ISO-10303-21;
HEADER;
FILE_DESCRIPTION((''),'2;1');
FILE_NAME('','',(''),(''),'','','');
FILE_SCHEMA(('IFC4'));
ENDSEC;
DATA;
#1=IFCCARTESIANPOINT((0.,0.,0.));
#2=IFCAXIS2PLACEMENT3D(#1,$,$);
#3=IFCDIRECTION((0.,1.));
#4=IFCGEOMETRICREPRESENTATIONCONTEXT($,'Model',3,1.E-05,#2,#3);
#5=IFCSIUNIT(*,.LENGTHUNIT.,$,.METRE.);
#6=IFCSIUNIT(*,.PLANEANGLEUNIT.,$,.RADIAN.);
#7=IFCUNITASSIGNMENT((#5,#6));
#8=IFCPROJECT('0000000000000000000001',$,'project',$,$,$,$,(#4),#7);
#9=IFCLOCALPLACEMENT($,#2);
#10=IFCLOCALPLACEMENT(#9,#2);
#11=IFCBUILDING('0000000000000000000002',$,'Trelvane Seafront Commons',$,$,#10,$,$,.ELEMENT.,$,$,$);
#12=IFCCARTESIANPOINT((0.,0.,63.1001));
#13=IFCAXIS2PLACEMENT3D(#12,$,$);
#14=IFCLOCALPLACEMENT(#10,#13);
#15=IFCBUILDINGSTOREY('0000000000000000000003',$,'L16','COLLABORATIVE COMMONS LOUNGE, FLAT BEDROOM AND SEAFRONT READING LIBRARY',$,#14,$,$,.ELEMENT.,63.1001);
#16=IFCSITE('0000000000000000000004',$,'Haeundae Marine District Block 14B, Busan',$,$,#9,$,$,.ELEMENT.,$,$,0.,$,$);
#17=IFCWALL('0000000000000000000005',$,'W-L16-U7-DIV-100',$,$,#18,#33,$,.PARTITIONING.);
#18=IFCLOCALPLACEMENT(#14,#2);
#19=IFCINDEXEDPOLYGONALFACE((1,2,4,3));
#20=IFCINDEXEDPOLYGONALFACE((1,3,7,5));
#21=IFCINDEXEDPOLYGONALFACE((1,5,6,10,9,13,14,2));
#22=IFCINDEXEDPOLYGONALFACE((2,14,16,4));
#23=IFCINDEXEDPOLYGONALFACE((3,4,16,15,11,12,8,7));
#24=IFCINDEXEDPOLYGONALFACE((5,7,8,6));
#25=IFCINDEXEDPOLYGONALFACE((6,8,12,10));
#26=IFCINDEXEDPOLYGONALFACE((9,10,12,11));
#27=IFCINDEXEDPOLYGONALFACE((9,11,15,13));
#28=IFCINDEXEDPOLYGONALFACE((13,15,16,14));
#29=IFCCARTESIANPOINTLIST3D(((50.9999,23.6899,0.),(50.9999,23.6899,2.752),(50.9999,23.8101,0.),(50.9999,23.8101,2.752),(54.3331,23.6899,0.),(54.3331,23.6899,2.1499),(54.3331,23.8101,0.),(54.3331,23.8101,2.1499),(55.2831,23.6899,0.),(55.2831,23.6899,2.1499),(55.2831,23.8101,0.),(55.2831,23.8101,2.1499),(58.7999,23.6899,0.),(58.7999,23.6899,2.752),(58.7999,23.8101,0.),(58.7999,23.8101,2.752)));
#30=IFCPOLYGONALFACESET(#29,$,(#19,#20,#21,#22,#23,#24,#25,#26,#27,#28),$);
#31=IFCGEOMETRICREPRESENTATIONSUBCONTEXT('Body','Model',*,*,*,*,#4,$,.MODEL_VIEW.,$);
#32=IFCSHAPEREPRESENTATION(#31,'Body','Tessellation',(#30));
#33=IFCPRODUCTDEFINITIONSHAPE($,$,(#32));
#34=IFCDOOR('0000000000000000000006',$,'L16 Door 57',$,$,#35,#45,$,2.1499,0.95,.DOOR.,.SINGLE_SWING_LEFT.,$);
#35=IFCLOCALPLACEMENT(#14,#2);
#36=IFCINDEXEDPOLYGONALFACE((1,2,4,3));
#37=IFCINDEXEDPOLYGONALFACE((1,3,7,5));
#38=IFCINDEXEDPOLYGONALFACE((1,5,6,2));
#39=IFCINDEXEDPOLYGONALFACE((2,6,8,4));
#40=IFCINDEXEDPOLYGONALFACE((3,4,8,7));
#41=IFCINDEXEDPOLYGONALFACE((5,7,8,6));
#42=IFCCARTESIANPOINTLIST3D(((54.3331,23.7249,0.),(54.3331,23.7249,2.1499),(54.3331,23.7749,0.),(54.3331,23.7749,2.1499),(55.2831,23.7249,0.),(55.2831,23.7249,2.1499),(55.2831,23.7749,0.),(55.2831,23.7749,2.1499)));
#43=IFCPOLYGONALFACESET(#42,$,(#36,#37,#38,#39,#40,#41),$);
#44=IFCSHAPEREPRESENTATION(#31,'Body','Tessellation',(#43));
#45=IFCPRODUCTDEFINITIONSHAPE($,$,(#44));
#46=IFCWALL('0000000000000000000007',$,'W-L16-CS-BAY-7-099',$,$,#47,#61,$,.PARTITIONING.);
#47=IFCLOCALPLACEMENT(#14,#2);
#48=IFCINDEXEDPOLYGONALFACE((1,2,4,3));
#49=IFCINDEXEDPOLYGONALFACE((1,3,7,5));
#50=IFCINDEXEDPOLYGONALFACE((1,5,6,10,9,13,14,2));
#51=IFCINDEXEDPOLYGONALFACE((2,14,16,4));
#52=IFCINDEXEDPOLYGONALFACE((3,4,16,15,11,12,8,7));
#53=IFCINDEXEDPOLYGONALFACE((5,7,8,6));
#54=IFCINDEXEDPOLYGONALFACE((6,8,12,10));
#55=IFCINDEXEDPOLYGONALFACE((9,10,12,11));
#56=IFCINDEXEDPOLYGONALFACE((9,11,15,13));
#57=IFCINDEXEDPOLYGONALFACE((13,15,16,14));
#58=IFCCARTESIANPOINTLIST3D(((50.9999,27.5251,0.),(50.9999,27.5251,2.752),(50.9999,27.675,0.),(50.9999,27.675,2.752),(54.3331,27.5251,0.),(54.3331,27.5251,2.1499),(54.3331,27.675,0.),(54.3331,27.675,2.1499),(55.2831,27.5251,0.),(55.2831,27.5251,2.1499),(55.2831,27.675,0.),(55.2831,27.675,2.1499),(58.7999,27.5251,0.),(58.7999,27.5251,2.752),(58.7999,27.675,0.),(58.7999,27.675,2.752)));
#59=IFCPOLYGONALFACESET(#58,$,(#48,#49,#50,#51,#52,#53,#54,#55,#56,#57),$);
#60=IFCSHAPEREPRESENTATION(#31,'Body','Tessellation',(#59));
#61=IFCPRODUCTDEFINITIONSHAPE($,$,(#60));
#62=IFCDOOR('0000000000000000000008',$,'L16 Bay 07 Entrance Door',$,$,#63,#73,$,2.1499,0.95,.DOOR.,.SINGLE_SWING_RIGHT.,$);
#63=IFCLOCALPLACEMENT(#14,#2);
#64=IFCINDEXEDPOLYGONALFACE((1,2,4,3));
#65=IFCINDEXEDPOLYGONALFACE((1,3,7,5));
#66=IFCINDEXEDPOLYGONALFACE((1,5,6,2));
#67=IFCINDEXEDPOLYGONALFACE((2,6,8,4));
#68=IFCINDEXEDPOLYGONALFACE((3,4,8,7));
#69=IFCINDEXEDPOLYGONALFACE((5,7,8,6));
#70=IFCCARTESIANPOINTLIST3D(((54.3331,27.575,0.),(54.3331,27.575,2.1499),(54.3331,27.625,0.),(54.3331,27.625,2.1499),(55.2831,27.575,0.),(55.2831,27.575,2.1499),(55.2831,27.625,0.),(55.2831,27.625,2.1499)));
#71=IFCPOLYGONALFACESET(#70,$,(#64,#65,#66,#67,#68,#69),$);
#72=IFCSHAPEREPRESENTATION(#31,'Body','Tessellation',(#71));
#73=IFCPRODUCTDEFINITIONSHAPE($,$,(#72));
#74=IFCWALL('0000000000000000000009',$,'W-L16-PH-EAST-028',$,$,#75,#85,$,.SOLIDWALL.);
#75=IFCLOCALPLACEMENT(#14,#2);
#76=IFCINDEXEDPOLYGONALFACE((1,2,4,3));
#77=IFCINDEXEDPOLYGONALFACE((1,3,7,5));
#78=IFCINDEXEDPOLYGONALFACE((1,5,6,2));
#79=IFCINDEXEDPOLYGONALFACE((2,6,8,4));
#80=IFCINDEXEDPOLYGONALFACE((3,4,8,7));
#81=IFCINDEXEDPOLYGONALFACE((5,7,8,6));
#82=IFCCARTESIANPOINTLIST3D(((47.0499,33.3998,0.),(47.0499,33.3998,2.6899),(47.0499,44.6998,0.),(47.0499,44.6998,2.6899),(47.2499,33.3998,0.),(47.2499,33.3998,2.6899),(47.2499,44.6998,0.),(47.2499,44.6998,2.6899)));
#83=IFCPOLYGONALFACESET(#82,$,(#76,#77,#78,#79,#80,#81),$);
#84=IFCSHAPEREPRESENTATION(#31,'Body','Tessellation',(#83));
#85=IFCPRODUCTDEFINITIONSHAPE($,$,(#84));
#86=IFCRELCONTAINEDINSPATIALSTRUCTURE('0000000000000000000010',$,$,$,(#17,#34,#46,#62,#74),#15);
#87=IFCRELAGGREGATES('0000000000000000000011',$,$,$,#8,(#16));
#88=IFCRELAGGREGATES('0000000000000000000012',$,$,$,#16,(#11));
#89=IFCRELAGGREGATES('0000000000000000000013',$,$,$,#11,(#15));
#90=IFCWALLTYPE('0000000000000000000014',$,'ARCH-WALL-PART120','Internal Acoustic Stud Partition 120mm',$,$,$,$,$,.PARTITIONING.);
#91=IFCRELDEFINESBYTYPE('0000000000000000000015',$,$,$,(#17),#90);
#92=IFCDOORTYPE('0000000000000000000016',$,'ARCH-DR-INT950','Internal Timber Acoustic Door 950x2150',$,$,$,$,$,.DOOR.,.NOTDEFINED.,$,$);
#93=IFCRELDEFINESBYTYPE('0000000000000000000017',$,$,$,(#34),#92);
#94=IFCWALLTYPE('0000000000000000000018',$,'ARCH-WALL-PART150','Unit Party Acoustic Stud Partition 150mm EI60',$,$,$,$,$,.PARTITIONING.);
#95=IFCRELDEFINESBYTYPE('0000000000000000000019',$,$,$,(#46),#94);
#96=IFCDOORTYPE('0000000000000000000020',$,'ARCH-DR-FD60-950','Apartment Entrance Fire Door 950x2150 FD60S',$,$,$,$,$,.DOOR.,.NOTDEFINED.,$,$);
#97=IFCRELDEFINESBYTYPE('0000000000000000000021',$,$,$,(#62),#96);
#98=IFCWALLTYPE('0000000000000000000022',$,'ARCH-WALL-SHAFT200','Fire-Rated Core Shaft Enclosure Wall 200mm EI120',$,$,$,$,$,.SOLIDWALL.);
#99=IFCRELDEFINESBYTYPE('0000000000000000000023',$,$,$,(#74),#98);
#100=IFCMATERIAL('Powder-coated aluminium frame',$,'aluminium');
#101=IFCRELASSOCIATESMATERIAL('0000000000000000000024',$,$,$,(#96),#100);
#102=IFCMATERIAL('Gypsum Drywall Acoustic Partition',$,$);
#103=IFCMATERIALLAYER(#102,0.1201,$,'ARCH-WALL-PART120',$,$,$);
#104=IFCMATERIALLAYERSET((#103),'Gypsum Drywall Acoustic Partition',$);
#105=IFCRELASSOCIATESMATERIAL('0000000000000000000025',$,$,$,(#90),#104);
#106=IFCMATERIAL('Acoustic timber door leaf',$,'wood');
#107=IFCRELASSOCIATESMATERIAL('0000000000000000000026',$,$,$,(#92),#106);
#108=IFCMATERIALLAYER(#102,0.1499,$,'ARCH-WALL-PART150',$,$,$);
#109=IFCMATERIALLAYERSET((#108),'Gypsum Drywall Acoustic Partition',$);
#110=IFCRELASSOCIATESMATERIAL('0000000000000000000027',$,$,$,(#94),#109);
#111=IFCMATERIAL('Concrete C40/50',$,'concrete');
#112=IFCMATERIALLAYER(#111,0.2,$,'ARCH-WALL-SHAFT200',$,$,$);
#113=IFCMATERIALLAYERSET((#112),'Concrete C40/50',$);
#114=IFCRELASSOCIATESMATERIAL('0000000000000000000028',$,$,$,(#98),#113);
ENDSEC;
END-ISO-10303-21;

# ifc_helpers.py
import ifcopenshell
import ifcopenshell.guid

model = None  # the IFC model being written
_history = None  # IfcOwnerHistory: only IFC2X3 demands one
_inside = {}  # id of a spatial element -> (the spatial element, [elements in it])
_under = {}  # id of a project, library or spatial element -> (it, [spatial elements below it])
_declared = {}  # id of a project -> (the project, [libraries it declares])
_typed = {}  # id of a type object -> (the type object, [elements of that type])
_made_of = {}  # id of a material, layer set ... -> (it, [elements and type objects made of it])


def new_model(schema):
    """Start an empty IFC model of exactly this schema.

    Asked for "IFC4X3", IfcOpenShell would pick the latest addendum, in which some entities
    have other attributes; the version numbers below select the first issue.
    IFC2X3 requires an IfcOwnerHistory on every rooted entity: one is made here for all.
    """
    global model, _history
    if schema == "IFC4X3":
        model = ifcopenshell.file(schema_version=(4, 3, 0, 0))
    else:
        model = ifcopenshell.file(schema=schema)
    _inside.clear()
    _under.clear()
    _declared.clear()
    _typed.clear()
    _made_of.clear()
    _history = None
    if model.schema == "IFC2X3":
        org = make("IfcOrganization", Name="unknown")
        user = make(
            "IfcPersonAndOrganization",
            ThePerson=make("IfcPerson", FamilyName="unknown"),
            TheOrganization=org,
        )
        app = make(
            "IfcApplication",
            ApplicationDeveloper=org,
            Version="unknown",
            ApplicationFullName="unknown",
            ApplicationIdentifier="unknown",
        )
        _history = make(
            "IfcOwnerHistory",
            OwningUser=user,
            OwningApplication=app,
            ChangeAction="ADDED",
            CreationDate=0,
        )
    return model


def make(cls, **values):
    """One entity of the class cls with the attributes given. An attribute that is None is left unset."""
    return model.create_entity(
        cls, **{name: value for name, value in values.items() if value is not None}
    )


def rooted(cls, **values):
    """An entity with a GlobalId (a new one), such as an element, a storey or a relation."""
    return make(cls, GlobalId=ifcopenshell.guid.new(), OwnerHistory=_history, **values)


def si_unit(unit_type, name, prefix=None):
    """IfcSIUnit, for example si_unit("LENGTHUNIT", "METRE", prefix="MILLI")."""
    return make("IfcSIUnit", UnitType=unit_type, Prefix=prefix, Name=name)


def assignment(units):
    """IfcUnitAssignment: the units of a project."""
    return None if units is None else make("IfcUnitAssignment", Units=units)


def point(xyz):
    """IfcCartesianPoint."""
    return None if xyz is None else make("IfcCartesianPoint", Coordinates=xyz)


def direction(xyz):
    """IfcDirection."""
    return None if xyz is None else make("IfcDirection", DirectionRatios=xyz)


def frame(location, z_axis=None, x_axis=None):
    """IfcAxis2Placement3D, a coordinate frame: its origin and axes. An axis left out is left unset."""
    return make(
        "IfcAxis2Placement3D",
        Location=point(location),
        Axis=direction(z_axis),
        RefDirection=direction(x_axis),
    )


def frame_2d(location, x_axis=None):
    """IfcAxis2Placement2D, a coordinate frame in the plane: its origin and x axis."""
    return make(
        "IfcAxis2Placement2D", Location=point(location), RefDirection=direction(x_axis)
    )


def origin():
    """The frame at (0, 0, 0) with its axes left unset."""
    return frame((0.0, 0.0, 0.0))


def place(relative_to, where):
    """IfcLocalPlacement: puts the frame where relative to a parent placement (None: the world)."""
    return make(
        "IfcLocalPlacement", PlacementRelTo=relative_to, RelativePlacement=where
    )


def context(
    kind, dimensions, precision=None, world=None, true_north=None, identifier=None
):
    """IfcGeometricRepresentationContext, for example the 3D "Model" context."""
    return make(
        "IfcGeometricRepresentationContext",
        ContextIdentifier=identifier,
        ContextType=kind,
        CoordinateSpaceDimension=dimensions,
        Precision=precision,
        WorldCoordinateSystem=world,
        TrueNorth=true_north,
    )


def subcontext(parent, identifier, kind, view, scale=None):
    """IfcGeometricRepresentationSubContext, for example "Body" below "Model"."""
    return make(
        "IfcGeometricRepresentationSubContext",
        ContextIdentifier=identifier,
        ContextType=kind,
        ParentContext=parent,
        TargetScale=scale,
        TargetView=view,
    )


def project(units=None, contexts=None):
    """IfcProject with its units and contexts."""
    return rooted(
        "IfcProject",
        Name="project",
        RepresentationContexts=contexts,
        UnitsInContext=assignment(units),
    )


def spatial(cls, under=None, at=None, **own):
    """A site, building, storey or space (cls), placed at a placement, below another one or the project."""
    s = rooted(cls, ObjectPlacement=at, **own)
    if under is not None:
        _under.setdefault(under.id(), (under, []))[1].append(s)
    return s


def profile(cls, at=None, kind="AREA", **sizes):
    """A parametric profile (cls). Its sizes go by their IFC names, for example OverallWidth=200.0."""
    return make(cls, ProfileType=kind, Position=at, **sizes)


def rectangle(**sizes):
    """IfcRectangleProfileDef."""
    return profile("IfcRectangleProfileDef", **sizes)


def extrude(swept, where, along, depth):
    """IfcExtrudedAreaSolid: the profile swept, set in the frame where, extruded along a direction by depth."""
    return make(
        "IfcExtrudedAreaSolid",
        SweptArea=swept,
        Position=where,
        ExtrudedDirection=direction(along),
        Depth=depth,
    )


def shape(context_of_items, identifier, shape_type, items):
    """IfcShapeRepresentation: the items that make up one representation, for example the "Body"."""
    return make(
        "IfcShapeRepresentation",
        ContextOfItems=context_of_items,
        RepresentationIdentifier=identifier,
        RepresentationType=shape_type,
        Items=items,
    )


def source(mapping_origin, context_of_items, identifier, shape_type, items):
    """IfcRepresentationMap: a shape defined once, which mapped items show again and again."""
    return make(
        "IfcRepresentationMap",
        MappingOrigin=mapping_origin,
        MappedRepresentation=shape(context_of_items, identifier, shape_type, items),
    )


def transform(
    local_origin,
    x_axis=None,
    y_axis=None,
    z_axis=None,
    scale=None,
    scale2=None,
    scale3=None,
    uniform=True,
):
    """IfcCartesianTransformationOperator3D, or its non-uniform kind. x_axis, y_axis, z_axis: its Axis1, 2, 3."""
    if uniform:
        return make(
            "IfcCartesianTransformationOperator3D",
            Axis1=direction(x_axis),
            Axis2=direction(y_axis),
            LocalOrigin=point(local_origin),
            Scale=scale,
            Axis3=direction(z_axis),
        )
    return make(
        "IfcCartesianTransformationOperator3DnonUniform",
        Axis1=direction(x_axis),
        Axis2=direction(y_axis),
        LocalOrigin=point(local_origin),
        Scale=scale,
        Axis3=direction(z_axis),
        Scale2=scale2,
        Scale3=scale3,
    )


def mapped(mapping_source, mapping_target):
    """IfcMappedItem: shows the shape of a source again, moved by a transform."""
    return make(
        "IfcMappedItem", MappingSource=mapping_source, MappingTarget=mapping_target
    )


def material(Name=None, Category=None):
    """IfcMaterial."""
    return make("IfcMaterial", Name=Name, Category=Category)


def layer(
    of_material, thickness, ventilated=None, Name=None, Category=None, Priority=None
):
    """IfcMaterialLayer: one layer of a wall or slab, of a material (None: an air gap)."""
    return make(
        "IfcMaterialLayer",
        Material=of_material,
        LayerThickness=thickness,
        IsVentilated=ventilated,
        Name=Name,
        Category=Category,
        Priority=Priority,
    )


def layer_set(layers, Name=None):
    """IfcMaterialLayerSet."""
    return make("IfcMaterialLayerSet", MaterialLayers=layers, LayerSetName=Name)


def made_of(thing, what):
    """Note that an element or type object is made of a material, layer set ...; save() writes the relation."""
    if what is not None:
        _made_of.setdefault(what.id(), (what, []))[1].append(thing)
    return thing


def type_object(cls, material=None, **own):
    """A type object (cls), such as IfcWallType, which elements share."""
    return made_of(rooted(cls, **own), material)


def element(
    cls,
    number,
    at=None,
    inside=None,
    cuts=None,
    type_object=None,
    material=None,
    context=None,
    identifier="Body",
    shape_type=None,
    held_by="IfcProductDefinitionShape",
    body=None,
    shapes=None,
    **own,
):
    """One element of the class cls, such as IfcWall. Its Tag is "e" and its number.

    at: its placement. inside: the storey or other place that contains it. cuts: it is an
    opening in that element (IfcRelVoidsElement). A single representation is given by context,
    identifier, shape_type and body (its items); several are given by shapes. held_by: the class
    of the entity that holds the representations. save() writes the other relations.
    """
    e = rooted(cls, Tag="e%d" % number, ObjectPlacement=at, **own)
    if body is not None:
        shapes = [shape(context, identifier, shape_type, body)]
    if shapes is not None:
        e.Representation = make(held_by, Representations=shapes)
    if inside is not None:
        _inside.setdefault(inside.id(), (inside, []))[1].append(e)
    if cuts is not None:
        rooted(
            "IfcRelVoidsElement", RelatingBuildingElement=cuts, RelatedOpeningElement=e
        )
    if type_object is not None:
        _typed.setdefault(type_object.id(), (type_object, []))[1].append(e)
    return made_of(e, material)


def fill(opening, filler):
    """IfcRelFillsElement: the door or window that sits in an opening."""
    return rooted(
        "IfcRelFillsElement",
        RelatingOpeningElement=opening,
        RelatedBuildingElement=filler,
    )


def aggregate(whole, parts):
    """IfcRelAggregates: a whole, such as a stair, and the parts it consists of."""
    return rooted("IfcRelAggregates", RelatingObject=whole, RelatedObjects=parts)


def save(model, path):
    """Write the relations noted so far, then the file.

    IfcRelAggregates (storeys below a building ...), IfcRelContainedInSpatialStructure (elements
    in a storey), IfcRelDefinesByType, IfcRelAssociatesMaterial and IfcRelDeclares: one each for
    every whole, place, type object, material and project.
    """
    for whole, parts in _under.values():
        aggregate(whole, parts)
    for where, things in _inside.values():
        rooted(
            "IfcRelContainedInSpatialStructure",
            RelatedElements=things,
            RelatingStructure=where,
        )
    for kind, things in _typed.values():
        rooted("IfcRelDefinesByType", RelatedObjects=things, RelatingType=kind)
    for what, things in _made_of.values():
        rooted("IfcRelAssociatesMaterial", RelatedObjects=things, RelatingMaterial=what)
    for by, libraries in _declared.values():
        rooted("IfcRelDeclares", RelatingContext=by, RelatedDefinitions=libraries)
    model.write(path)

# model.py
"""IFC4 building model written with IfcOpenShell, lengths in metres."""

from ifc_helpers import new_model, si_unit, direction, frame, frame_2d, origin, place, context, subcontext, project, spatial, rectangle, extrude, source, transform, mapped, material, layer, layer_set, type_object, element, fill, save


model = new_model("IFC4")

# Units and contexts
model_context = context("Model", 3, precision=1e-05, world=origin(), true_north=direction((0.0, 1.0)))
body_context = subcontext(model_context, "Body", "Model", "MODEL_VIEW")
ifc_project = project(units=[si_unit("LENGTHUNIT", "METRE"), si_unit("PLANEANGLEUNIT", "RADIAN")], contexts=[model_context])

# Site, building, storey
site_placement = place(None, origin())
site = spatial("IfcSite", under=ifc_project, at=site_placement, Name="Haeundae Marine District Block 14B, Busan", CompositionType="ELEMENT", RefElevation=0.0)
building_placement = place(site_placement, origin())
building = spatial("IfcBuilding", under=site, at=building_placement, Name="Trelvane Seafront Commons", CompositionType="ELEMENT")
storey_placement = place(building_placement, frame((0.0, 0.0, 63.1001)))
storey = spatial("IfcBuildingStorey", under=building, at=storey_placement, Name="L16", Description="COLLABORATIVE COMMONS LOUNGE, FLAT BEDROOM AND SEAFRONT READING LIBRARY", CompositionType="ELEMENT", Elevation=63.1001)

# Shared definitions
ifc_material_1 = material(Name="Concrete C40/50", Category="concrete")
ifc_material_2 = material(Name="Powder-coated aluminium frame", Category="aluminium")
door_type_1 = type_object("IfcDoorType", Name="ARCH-DR-FD60-950", Description="Apartment Entrance Fire Door 950x2150 FD60S", OperationType="NOTDEFINED", PredefinedType="DOOR", material=ifc_material_2)
shared_shape_1 = source(origin(), body_context, "Body", "SweptSolid", [
    extrude(rectangle(XDim=0.95, YDim=2.1499, at=frame_2d((0.4751, 1.075))), frame((0.0, 0.0249, 0.0), z_axis=(0.0, -1.0, 0.0), x_axis=(1.0, 0.0, 0.0)), (0.0, 0.0, 1.0), 0.05),
])
ifc_material_3 = material(Name="Gypsum Drywall Acoustic Partition")
ifc_layer_1 = layer(ifc_material_3, 0.1201, Name="ARCH-WALL-PART120")
ifc_layer_set_1 = layer_set([ifc_layer_1], Name="Gypsum Drywall Acoustic Partition")
wall_type_1 = type_object("IfcWallType", Name="ARCH-WALL-PART120", Description="Internal Acoustic Stud Partition 120mm", PredefinedType="PARTITIONING", material=ifc_layer_set_1)
ifc_material_4 = material(Name="Acoustic timber door leaf", Category="wood")
door_type_2 = type_object("IfcDoorType", Name="ARCH-DR-INT950", Description="Internal Timber Acoustic Door 950x2150", OperationType="NOTDEFINED", PredefinedType="DOOR", material=ifc_material_4)

# Walls, openings, doors
wall_1_placement = place(storey_placement, frame((51.0, 23.75, 0.0), z_axis=(0.0, 0.0, 1.0), x_axis=(1.0, 0.0, 0.0)))
wall_1 = element("IfcWall", 1, at=wall_1_placement, inside=storey, type_object=wall_type_1, Name="W-L16-U7-DIV-100", PredefinedType="PARTITIONING", context=body_context, shape_type="SweptSolid", body=[
    extrude(rectangle(XDim=7.8, YDim=0.1201, at=frame_2d((3.8999, 0.0))), origin(), (0.0, 0.0, 1.0), 2.752),
])
opening_1_placement = place(wall_1_placement, frame((3.333, 0.0, 0.0)))
opening_1 = element("IfcOpeningElement", 2, at=opening_1_placement, cuts=wall_1, PredefinedType="OPENING", context=body_context, shape_type="SweptSolid", body=[
    extrude(rectangle(XDim=0.95, YDim=2.1499, at=frame_2d((0.4751, 1.075))), frame((0.0, 0.0701, 0.0), z_axis=(0.0, -1.0, 0.0), x_axis=(1.0, 0.0, 0.0)), (0.0, 0.0, 1.0), 0.1401),
])
door_1_placement = place(opening_1_placement, origin())
door_1 = element("IfcDoor", 3, at=door_1_placement, inside=storey, type_object=door_type_2, Name="L16 Door 57", OperationType="SINGLE_SWING_LEFT", OverallHeight=2.1499, OverallWidth=0.95, PredefinedType="DOOR", context=body_context, shape_type="MappedRepresentation", body=[
    mapped(shared_shape_1, transform((0.0, 0.0, 0.0), x_axis=(1.0, 0.0, 0.0), y_axis=(0.0, 1.0, 0.0), z_axis=(0.0, 0.0, 1.0), scale=1.0)),
])
fill(opening_1, door_1)
ifc_layer_2 = layer(ifc_material_3, 0.1499, Name="ARCH-WALL-PART150")
ifc_layer_set_2 = layer_set([ifc_layer_2], Name="Gypsum Drywall Acoustic Partition")
wall_type_2 = type_object("IfcWallType", Name="ARCH-WALL-PART150", Description="Unit Party Acoustic Stud Partition 150mm EI60", PredefinedType="PARTITIONING", material=ifc_layer_set_2)
wall_2_placement = place(storey_placement, frame((51.0, 27.6001, 0.0), z_axis=(0.0, 0.0, 1.0), x_axis=(1.0, 0.0, 0.0)))
wall_2 = element("IfcWall", 4, at=wall_2_placement, inside=storey, type_object=wall_type_2, Name="W-L16-CS-BAY-7-099", PredefinedType="PARTITIONING", context=body_context, shape_type="SweptSolid", body=[
    extrude(rectangle(XDim=7.8, YDim=0.1499, at=frame_2d((3.8999, 0.0))), origin(), (0.0, 0.0, 1.0), 2.752),
])
opening_2_placement = place(wall_2_placement, frame((3.333, 0.0, 0.0)))
opening_2 = element("IfcOpeningElement", 5, at=opening_2_placement, cuts=wall_2, PredefinedType="OPENING", context=body_context, shape_type="SweptSolid", body=[
    extrude(rectangle(XDim=0.95, YDim=2.1499, at=frame_2d((0.4751, 1.075))), frame((0.0, 0.085, 0.0), z_axis=(0.0, -1.0, 0.0), x_axis=(1.0, 0.0, 0.0)), (0.0, 0.0, 1.0), 0.1699),
])
door_2_placement = place(opening_2_placement, origin())
door_2 = element("IfcDoor", 6, at=door_2_placement, inside=storey, type_object=door_type_1, Name="L16 Bay 07 Entrance Door", OperationType="SINGLE_SWING_RIGHT", OverallHeight=2.1499, OverallWidth=0.95, PredefinedType="DOOR", context=body_context, shape_type="MappedRepresentation", body=[
    mapped(shared_shape_1, transform((0.0, 0.0, 0.0), x_axis=(1.0, 0.0, 0.0), y_axis=(0.0, 1.0, 0.0), z_axis=(0.0, 0.0, 1.0), scale=1.0)),
])
fill(opening_2, door_2)

# Wall
ifc_layer_3 = layer(ifc_material_1, 0.2, Name="ARCH-WALL-SHAFT200")
ifc_layer_set_3 = layer_set([ifc_layer_3], Name="Concrete C40/50")
wall_type_3 = type_object("IfcWallType", Name="ARCH-WALL-SHAFT200", Description="Fire-Rated Core Shaft Enclosure Wall 200mm EI120", PredefinedType="SOLIDWALL", material=ifc_layer_set_3)
wall_3_placement = place(storey_placement, frame((47.1499, 33.3999, 0.0), z_axis=(0.0, 0.0, 1.0), x_axis=(0.0, 1.0, 0.0)))
element("IfcWall", 7, at=wall_3_placement, inside=storey, type_object=wall_type_3, Name="W-L16-PH-EAST-028", PredefinedType="SOLIDWALL", context=body_context, shape_type="SweptSolid", body=[
    extrude(rectangle(XDim=11.3, YDim=0.2, at=frame_2d((5.6499, 0.0))), origin(), (0.0, 0.0, 1.0), 2.6899),
])

save(model, "model.ifc")
